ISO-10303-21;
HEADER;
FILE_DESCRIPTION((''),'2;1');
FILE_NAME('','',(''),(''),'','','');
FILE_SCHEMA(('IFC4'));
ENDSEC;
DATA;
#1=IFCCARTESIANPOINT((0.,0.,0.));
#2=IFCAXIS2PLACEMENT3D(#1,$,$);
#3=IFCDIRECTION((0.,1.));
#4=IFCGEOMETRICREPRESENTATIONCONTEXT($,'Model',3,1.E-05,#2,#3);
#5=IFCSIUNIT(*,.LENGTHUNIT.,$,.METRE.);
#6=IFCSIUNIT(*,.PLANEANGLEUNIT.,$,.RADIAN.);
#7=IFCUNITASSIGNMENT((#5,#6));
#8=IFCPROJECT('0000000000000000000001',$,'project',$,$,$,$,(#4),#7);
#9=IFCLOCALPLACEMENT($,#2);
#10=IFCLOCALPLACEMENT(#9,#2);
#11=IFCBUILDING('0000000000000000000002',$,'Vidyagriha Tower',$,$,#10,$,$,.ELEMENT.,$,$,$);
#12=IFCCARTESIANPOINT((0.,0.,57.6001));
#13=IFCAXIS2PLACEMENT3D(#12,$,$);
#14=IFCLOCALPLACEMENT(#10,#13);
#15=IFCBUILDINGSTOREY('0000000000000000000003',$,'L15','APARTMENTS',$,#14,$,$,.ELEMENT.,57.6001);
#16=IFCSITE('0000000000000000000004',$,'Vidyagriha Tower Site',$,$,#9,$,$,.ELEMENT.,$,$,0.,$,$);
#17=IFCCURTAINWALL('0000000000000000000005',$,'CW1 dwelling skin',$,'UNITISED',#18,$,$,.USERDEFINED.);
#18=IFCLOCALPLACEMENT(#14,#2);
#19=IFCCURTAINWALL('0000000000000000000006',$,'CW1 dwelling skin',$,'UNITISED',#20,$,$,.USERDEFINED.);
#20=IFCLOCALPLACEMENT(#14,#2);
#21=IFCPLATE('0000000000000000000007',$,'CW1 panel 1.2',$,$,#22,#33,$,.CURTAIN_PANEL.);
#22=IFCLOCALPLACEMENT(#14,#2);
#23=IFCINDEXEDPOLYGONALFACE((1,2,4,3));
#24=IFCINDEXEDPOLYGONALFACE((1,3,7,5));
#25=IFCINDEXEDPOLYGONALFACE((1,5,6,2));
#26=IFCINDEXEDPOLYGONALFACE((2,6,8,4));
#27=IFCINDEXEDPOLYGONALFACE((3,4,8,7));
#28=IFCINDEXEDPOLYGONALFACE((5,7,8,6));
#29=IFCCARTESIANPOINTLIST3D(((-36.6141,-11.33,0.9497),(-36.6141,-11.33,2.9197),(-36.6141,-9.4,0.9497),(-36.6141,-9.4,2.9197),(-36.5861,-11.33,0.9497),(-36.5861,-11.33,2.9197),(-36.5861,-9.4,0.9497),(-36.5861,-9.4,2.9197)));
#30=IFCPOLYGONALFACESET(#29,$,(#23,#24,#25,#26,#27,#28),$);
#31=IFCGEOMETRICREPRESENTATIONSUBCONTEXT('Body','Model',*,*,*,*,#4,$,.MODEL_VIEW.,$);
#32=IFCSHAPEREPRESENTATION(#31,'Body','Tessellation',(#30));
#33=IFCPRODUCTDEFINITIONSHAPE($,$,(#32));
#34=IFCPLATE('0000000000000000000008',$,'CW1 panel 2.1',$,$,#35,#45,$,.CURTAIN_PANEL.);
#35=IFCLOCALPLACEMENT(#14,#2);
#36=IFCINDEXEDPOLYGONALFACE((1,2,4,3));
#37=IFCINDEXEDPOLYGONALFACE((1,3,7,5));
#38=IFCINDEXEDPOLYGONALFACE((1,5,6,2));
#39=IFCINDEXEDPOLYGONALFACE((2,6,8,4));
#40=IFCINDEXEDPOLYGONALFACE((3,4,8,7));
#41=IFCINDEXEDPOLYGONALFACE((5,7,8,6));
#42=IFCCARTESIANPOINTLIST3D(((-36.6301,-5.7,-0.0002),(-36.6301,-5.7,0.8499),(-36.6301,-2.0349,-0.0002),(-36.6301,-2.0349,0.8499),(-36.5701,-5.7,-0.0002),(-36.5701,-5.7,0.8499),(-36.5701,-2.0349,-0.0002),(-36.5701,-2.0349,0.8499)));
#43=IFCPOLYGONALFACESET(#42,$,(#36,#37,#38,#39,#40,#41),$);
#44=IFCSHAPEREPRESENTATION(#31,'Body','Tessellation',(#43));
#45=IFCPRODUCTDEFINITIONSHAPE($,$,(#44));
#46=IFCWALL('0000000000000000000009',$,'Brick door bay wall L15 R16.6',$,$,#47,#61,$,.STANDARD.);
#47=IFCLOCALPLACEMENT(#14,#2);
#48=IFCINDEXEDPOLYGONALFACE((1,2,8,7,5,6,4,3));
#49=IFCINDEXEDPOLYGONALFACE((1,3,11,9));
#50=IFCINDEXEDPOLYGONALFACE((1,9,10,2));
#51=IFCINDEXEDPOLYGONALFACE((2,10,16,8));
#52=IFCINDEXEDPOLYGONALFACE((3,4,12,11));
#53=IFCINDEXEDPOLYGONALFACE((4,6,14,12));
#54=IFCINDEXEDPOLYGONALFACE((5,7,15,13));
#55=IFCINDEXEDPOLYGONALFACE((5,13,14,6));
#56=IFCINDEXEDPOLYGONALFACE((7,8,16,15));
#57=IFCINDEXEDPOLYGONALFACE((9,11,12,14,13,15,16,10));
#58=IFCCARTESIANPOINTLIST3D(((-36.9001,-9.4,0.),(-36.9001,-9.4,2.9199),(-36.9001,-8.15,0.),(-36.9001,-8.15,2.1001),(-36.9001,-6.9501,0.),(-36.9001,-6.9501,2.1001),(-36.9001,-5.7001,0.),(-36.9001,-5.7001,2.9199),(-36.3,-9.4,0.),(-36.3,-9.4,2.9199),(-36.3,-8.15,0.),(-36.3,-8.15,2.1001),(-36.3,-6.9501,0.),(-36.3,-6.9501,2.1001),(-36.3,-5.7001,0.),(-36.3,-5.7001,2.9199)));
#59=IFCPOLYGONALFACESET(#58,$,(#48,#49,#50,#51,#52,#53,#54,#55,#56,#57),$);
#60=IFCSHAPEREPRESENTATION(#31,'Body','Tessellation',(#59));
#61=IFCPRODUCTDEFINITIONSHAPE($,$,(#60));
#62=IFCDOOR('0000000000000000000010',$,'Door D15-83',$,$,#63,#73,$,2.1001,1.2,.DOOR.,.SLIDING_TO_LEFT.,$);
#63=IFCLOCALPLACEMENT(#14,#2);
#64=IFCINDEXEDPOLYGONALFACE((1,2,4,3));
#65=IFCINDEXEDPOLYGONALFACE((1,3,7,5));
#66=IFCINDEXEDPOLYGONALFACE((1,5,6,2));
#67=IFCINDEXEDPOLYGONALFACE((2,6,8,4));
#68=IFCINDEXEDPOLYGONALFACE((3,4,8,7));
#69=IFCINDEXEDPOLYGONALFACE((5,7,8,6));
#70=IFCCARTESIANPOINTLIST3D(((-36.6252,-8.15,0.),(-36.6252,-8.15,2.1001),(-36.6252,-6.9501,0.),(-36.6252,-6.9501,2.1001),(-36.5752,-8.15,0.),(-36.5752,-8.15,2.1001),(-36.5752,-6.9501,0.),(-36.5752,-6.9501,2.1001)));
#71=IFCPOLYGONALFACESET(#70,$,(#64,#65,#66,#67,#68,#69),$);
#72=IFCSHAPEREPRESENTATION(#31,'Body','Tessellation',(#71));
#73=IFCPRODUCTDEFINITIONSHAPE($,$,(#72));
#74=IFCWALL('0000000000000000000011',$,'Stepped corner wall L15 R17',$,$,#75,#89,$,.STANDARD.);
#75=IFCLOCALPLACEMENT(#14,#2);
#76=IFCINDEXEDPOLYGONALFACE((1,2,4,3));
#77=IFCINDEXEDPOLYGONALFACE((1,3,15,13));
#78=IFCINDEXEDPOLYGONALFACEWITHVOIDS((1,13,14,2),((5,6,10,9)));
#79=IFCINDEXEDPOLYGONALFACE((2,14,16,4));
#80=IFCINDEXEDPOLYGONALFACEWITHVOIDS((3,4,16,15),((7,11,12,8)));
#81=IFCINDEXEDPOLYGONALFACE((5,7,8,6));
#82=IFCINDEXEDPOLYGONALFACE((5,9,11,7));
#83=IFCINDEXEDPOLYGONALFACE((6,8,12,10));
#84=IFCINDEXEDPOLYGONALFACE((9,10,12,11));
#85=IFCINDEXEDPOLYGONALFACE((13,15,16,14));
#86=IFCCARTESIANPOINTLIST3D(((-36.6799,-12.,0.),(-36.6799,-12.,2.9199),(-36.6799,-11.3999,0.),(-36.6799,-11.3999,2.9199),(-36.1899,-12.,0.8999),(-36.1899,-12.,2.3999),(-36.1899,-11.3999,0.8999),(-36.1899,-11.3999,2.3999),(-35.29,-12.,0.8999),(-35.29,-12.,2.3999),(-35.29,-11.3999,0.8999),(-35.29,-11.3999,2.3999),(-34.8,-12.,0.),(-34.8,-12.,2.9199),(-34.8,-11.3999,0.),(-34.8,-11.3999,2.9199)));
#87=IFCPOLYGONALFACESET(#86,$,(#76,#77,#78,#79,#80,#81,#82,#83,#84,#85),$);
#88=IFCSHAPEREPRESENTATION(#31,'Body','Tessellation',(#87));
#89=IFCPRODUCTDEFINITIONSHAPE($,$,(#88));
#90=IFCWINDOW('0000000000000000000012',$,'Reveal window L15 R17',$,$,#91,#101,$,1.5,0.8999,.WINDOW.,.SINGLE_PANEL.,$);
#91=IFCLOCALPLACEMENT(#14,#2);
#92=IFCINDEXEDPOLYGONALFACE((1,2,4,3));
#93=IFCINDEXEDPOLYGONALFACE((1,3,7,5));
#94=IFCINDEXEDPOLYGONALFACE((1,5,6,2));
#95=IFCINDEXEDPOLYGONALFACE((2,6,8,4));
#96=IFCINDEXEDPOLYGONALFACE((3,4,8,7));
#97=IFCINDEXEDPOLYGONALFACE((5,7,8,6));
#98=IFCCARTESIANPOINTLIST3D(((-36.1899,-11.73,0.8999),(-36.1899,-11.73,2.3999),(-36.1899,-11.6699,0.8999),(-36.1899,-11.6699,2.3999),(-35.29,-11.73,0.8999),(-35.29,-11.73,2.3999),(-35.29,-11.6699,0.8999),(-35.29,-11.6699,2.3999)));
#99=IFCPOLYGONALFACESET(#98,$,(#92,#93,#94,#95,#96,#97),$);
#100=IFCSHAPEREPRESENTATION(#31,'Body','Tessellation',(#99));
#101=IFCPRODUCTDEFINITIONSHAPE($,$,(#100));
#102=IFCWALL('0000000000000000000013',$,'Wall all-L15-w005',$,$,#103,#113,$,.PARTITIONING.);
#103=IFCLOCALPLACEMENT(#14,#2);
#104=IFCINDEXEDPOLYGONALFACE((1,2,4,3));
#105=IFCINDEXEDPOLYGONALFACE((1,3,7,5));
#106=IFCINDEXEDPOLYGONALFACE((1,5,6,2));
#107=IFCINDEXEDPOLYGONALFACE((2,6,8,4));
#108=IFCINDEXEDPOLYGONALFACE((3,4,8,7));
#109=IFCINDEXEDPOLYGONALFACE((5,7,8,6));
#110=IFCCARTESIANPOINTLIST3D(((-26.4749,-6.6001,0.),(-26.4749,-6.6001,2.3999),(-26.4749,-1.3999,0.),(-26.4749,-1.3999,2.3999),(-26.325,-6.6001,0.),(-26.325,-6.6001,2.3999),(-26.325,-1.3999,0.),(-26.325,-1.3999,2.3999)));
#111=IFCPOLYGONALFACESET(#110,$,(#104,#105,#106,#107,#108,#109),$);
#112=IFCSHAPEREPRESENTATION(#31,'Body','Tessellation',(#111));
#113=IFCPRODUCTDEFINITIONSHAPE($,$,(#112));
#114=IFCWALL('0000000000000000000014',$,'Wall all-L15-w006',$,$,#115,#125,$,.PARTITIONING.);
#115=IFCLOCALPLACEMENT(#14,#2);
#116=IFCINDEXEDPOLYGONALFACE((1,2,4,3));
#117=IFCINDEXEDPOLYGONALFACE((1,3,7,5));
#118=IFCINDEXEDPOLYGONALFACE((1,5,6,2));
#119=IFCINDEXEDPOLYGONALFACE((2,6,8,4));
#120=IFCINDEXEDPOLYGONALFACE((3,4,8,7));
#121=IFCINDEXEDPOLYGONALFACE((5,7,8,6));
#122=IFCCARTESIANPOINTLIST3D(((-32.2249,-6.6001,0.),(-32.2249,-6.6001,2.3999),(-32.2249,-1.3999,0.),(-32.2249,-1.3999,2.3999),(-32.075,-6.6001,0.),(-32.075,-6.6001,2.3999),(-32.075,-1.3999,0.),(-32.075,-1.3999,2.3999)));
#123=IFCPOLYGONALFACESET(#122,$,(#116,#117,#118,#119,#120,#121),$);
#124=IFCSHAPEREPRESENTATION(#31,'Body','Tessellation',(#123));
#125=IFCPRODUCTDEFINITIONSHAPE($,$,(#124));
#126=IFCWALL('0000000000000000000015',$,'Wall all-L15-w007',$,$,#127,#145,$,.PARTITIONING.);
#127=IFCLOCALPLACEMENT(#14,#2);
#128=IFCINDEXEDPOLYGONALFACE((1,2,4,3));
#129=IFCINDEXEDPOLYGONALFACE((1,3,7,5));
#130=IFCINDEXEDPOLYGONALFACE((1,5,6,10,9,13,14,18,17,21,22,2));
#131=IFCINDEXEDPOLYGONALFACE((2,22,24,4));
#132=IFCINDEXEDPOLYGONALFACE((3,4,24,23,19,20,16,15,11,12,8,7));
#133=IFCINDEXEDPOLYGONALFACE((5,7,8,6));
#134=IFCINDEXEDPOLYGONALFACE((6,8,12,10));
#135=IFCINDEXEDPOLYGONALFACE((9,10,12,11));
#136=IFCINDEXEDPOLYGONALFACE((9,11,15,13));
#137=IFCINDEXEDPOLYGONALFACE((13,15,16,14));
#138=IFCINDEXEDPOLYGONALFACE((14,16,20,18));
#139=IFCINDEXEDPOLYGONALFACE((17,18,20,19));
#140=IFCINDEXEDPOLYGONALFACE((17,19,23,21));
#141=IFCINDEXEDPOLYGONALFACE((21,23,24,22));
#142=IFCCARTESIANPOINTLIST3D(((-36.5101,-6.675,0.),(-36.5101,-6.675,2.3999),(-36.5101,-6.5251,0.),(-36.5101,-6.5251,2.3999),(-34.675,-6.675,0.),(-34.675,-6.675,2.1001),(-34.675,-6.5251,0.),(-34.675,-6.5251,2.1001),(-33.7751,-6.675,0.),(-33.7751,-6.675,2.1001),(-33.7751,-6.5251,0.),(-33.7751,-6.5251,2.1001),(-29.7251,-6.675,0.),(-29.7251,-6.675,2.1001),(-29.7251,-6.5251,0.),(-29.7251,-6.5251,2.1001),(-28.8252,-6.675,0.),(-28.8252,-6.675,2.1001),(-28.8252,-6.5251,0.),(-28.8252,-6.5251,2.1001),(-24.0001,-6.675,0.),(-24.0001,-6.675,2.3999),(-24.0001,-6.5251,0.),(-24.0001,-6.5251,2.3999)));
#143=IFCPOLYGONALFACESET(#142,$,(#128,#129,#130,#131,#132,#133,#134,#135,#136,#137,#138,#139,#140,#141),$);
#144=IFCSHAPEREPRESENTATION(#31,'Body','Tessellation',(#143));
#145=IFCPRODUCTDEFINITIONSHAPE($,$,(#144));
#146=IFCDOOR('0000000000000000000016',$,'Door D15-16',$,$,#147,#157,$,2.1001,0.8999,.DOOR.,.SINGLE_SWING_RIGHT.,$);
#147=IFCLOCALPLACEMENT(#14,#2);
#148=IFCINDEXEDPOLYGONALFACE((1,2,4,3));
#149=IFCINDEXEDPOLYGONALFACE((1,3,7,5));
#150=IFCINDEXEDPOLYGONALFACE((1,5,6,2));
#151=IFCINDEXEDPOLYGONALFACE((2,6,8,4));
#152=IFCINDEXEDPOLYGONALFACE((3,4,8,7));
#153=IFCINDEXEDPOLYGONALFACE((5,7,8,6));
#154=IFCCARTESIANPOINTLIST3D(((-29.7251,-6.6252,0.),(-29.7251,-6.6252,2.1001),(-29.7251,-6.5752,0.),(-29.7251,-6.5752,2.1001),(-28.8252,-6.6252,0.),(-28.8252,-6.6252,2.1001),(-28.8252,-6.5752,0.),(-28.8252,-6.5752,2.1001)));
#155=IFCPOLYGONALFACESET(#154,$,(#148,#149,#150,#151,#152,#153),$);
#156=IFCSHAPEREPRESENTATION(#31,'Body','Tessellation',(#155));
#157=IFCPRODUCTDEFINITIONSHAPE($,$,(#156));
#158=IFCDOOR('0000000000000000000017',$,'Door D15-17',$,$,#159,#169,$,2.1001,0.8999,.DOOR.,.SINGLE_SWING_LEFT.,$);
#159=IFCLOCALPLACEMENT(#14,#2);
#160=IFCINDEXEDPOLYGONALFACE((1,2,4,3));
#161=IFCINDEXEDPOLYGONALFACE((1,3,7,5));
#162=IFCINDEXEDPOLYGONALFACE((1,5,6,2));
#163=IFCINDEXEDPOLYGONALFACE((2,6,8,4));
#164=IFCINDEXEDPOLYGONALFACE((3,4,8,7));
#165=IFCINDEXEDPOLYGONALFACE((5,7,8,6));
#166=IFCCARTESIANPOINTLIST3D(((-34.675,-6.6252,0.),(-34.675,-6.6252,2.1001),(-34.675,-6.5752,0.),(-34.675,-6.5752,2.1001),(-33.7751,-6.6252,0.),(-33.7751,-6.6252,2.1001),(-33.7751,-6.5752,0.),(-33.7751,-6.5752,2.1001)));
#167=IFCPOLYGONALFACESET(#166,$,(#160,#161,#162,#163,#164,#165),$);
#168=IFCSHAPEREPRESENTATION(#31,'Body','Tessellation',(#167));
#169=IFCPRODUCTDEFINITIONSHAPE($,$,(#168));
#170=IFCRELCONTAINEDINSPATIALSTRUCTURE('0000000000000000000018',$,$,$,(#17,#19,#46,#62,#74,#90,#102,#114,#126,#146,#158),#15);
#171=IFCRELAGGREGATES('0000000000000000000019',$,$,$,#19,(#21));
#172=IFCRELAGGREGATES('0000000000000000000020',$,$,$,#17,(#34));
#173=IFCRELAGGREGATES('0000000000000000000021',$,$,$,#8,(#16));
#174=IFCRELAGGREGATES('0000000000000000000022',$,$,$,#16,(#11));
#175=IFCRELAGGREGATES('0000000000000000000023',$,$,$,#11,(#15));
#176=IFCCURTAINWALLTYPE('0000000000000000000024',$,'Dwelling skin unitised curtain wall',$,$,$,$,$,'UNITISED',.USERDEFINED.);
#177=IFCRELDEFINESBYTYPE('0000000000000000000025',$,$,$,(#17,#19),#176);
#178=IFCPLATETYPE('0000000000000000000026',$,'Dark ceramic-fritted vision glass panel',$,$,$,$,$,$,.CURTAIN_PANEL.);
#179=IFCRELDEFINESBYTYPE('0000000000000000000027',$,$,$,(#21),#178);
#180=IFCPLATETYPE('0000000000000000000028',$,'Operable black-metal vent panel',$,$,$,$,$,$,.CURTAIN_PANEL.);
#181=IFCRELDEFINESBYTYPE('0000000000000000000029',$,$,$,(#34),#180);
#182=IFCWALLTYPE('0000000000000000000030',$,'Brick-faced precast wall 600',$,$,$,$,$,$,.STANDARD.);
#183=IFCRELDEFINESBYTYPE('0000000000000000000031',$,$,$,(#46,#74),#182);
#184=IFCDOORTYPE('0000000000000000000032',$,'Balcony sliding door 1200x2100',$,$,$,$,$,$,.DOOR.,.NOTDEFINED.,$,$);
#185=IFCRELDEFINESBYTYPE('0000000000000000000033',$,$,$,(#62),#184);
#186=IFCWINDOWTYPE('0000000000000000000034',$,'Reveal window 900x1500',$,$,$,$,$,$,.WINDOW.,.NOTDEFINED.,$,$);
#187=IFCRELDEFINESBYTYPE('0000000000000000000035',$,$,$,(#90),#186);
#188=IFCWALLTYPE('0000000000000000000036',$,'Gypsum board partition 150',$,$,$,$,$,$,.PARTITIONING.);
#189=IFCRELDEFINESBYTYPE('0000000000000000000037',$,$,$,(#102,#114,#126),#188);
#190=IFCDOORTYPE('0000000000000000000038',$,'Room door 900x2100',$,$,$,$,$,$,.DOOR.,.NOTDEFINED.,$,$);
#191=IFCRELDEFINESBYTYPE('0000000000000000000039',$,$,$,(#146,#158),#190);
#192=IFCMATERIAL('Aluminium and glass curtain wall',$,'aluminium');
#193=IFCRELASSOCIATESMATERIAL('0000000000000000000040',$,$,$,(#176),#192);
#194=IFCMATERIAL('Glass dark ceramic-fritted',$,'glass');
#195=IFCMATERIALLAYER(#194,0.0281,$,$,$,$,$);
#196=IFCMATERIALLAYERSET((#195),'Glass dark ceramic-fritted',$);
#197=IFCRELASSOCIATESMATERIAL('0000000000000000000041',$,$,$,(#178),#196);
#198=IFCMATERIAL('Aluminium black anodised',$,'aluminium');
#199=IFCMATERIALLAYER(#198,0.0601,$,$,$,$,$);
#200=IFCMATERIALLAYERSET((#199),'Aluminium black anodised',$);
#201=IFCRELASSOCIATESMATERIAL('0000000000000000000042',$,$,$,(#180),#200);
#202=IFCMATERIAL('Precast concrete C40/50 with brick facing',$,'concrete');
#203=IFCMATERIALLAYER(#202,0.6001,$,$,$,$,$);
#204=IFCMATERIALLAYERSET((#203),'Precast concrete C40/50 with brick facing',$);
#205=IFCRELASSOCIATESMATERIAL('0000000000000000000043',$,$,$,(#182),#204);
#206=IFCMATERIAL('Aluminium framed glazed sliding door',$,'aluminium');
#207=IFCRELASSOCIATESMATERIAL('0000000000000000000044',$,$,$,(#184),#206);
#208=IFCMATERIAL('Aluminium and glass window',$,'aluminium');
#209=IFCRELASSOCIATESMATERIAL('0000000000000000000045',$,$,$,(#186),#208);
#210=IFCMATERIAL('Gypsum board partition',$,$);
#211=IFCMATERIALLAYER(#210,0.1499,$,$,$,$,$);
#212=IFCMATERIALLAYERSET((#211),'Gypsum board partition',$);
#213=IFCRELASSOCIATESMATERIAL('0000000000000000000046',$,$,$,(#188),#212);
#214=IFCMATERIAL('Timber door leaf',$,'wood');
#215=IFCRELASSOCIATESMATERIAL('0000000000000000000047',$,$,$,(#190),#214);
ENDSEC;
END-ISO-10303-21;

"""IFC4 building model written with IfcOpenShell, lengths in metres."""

from ifc_helpers import new_model, si_unit, direction, frame, frame_2d, origin, origin_2d, place, context, subcontext, project, spatial, rectangle, extrude, material, layer, layer_set, type_object, element, fill, aggregate, save


model = new_model("IFC4")

# Units and contexts
model_context = context("Model", 3, precision=1e-05, world=origin(), true_north=direction((0.0, 1.0)))
body_context = subcontext(model_context, "Body", "Model", "MODEL_VIEW")
ifc_project = project(units=[si_unit("LENGTHUNIT", "METRE"), si_unit("PLANEANGLEUNIT", "RADIAN")], contexts=[model_context])

# Site, building, storey
site_placement = place(None, origin())
site = spatial("IfcSite", under=ifc_project, at=site_placement, Name="Vidyagriha Tower Site", CompositionType="ELEMENT", RefElevation=0.0)
building_placement = place(site_placement, origin())
building = spatial("IfcBuilding", under=site, at=building_placement, Name="Vidyagriha Tower", CompositionType="ELEMENT")
storey_placement = place(building_placement, frame((0.0, 0.0, 57.6001)))
storey = spatial("IfcBuildingStorey", under=building, at=storey_placement, Name="L15", Description="APARTMENTS", CompositionType="ELEMENT", Elevation=57.6001)

# Curtain walls
ifc_material_1 = material(Name="Aluminium and glass curtain wall", Category="aluminium")
curtain_wall_type = type_object("IfcCurtainWallType", Name="Dwelling skin unitised curtain wall", ElementType="UNITISED", PredefinedType="USERDEFINED", material=ifc_material_1)
curtain_wall_1_placement = place(storey_placement, origin())
curtain_wall_1 = element("IfcCurtainWall", 1, at=curtain_wall_1_placement, inside=storey, type_object=curtain_wall_type, Name="CW1 dwelling skin", ObjectType="UNITISED", PredefinedType="USERDEFINED")
curtain_wall_2_placement = place(storey_placement, origin())
curtain_wall_2 = element("IfcCurtainWall", 2, at=curtain_wall_2_placement, inside=storey, type_object=curtain_wall_type, Name="CW1 dwelling skin", ObjectType="UNITISED", PredefinedType="USERDEFINED")

# Plates
ifc_material_2 = material(Name="Glass dark ceramic-fritted", Category="glass")
ifc_layer_1 = layer(ifc_material_2, 0.0281)
ifc_layer_set_1 = layer_set([ifc_layer_1], Name="Glass dark ceramic-fritted")
plate_type_1 = type_object("IfcPlateType", Name="Dark ceramic-fritted vision glass panel", PredefinedType="CURTAIN_PANEL", material=ifc_layer_set_1)
plate_1_placement = place(storey_placement, frame((-36.6001, -10.365, 0.9497), z_axis=(0.0, 0.0, 1.0), x_axis=(0.0, -1.0, 0.0)))
plate_1 = element("IfcPlate", 3, at=plate_1_placement, type_object=plate_type_1, Name="CW1 panel 1.2", PredefinedType="CURTAIN_PANEL", context=body_context, shape_type="SweptSolid", body=[
    extrude(rectangle(XDim=1.9299, YDim=0.0281, at=origin_2d()), origin(), (0.0, 0.0, 1.0), 1.97),
])
aggregate(curtain_wall_2, [plate_1])
ifc_material_3 = material(Name="Aluminium black anodised", Category="aluminium")
ifc_layer_2 = layer(ifc_material_3, 0.0601)
ifc_layer_set_2 = layer_set([ifc_layer_2], Name="Aluminium black anodised")
plate_type_2 = type_object("IfcPlateType", Name="Operable black-metal vent panel", PredefinedType="CURTAIN_PANEL", material=ifc_layer_set_2)
plate_2_placement = place(storey_placement, frame((-36.6001, -3.8674, -0.0002), z_axis=(0.0, 0.0, 1.0), x_axis=(0.0, -1.0, 0.0)))
plate_2 = element("IfcPlate", 4, at=plate_2_placement, type_object=plate_type_2, Name="CW1 panel 2.1", PredefinedType="CURTAIN_PANEL", context=body_context, shape_type="SweptSolid", body=[
    extrude(rectangle(XDim=3.665, YDim=0.0601, at=origin_2d()), origin(), (0.0, 0.0, 1.0), 0.8501),
])
aggregate(curtain_wall_1, [plate_2])

# Wall, opening, door
ifc_material_4 = material(Name="Precast concrete C40/50 with brick facing", Category="concrete")
ifc_layer_3 = layer(ifc_material_4, 0.6001)
ifc_layer_set_3 = layer_set([ifc_layer_3], Name="Precast concrete C40/50 with brick facing")
wall_type_1 = type_object("IfcWallType", Name="Brick-faced precast wall 600", PredefinedType="STANDARD", material=ifc_layer_set_3)
wall_1_placement = place(storey_placement, frame((-36.6001, -5.7, 0.0), z_axis=(0.0, 0.0, 1.0), x_axis=(0.0, -1.0, 0.0)))
wall_1 = element("IfcWall", 5, at=wall_1_placement, inside=storey, type_object=wall_type_1, Name="Brick door bay wall L15 R16.6", PredefinedType="STANDARD", context=body_context, shape_type="SweptSolid", body=[
    extrude(rectangle(XDim=3.7, YDim=0.6001, at=frame_2d((1.8501, 0.0))), origin(), (0.0, 0.0, 1.0), 2.9199),
])
opening_1_placement = place(wall_1_placement, frame((1.25, 0.0, 0.0)))
opening_1 = element("IfcOpeningElement", 6, at=opening_1_placement, cuts=wall_1, PredefinedType="OPENING", context=body_context, shape_type="SweptSolid", body=[
    extrude(rectangle(XDim=1.2, YDim=2.1001, at=frame_2d((0.6001, 1.05))), frame((0.0, 0.3101, 0.0), z_axis=(0.0, -1.0, 0.0), x_axis=(1.0, 0.0, 0.0)), (0.0, 0.0, 1.0), 0.6201),
])
ifc_material_5 = material(Name="Aluminium framed glazed sliding door", Category="aluminium")
door_type_1 = type_object("IfcDoorType", Name="Balcony sliding door 1200x2100", OperationType="NOTDEFINED", PredefinedType="DOOR", material=ifc_material_5)
door_1_placement = place(opening_1_placement, origin())
door_1 = element("IfcDoor", 7, at=door_1_placement, inside=storey, type_object=door_type_1, Name="Door D15-83", OperationType="SLIDING_TO_LEFT", OverallHeight=2.1001, OverallWidth=1.2, PredefinedType="DOOR", context=body_context, shape_type="SweptSolid", body=[
    extrude(rectangle(XDim=1.2, YDim=2.1001, at=frame_2d((0.6001, 1.05))), frame((0.0, 0.0249, 0.0), z_axis=(0.0, -1.0, 0.0), x_axis=(1.0, 0.0, 0.0)), (0.0, 0.0, 1.0), 0.05),
])
fill(opening_1, door_1)

# Wall, opening, window
wall_2_placement = place(storey_placement, frame((-36.6799, -11.7, 0.0)))
wall_2 = element("IfcWall", 8, at=wall_2_placement, inside=storey, type_object=wall_type_1, Name="Stepped corner wall L15 R17", PredefinedType="STANDARD", context=body_context, shape_type="SweptSolid", body=[
    extrude(rectangle(XDim=1.8799, YDim=0.6001, at=frame_2d((0.9399, 0.0))), origin(), (0.0, 0.0, 1.0), 2.9199),
])
opening_2_placement = place(wall_2_placement, frame((0.49, 0.0, 0.8999)))
opening_2 = element("IfcOpeningElement", 9, at=opening_2_placement, cuts=wall_2, PredefinedType="OPENING", context=body_context, shape_type="SweptSolid", body=[
    extrude(rectangle(XDim=0.8999, YDim=1.5, at=frame_2d((0.45, 0.75))), frame((0.0, 0.3101, 0.0), z_axis=(0.0, -1.0, 0.0), x_axis=(1.0, 0.0, 0.0)), (0.0, 0.0, 1.0), 0.6201),
])
ifc_material_6 = material(Name="Aluminium and glass window", Category="aluminium")
window_type = type_object("IfcWindowType", Name="Reveal window 900x1500", PartitioningType="NOTDEFINED", PredefinedType="WINDOW", material=ifc_material_6)
window_placement = place(opening_2_placement, origin())
window = element("IfcWindow", 10, at=window_placement, inside=storey, type_object=window_type, Name="Reveal window L15 R17", OverallHeight=1.5, OverallWidth=0.8999, PartitioningType="SINGLE_PANEL", PredefinedType="WINDOW", context=body_context, shape_type="SweptSolid", body=[
    extrude(rectangle(XDim=0.8999, YDim=1.5, at=frame_2d((0.45, 0.75))), frame((0.0, 0.03, 0.0), z_axis=(0.0, -1.0, 0.0), x_axis=(1.0, 0.0, 0.0)), (0.0, 0.0, 1.0), 0.0601),
])
fill(opening_2, window)

# Walls
ifc_material_7 = material(Name="Gypsum board partition")
ifc_layer_4 = layer(ifc_material_7, 0.1499)
ifc_layer_set_4 = layer_set([ifc_layer_4], Name="Gypsum board partition")
wall_type_2 = type_object("IfcWallType", Name="Gypsum board partition 150", PredefinedType="PARTITIONING", material=ifc_layer_set_4)
for number, where, z_axis, x_axis, name in (
    (11, (-26.3999, -6.6001, 0.0), (0.0, 0.0, 1.0), (0.0, 1.0, 0.0), "Wall all-L15-w005"),
    (12, (-32.1499, -6.6001, 0.0), (0.0, 0.0, 1.0), (0.0, 1.0, 0.0), "Wall all-L15-w006"),
):
    element("IfcWall", number, at=place(storey_placement, frame(where, z_axis=z_axis, x_axis=x_axis)), inside=storey, type_object=wall_type_2, Name=name, PredefinedType="PARTITIONING", context=body_context, shape_type="SweptSolid", body=[
        extrude(rectangle(XDim=5.2002, YDim=0.1499, at=frame_2d((2.6001, 0.0))), origin(), (0.0, 0.0, 1.0), 2.3999),
    ])

# Wall, openings, doors
wall_3_placement = place(storey_placement, frame((-36.51, -6.6001, 0.0)))
wall_3 = element("IfcWall", 13, at=wall_3_placement, inside=storey, type_object=wall_type_2, Name="Wall all-L15-w007", PredefinedType="PARTITIONING", context=body_context, shape_type="SweptSolid", body=[
    extrude(rectangle(XDim=12.51, YDim=0.1499, at=frame_2d((6.2549, 0.0))), origin(), (0.0, 0.0, 1.0), 2.3999),
])
opening_3_placement = place(wall_3_placement, frame((6.7849, 0.0, 0.0)))
opening_3 = element("IfcOpeningElement", 14, at=opening_3_placement, cuts=wall_3, PredefinedType="OPENING", context=body_context, shape_type="SweptSolid", body=[
    extrude(rectangle(XDim=0.8999, YDim=2.1001, at=frame_2d((0.45, 1.05))), frame((0.0, 0.085, 0.0), z_axis=(0.0, -1.0, 0.0), x_axis=(1.0, 0.0, 0.0)), (0.0, 0.0, 1.0), 0.1699),
])
opening_4_placement = place(wall_3_placement, frame((1.835, 0.0, 0.0)))
opening_4 = element("IfcOpeningElement", 15, at=opening_4_placement, cuts=wall_3, PredefinedType="OPENING", context=body_context, shape_type="SweptSolid", body=[
    extrude(rectangle(XDim=0.8999, YDim=2.1001, at=frame_2d((0.45, 1.05))), frame((0.0, 0.085, 0.0), z_axis=(0.0, -1.0, 0.0), x_axis=(1.0, 0.0, 0.0)), (0.0, 0.0, 1.0), 0.1699),
])
ifc_material_8 = material(Name="Timber door leaf", Category="wood")
door_type_2 = type_object("IfcDoorType", Name="Room door 900x2100", OperationType="NOTDEFINED", PredefinedType="DOOR", material=ifc_material_8)
door_2_placement = place(opening_3_placement, origin())
door_2 = element("IfcDoor", 16, at=door_2_placement, inside=storey, type_object=door_type_2, Name="Door D15-16", OperationType="SINGLE_SWING_RIGHT", OverallHeight=2.1001, OverallWidth=0.8999, PredefinedType="DOOR", context=body_context, shape_type="SweptSolid", body=[
    extrude(rectangle(XDim=0.8999, YDim=2.1001, at=frame_2d((0.45, 1.05))), frame((0.0, 0.0249, 0.0), z_axis=(0.0, -1.0, 0.0), x_axis=(1.0, 0.0, 0.0)), (0.0, 0.0, 1.0), 0.05),
])
fill(opening_3, door_2)
door_3_placement = place(opening_4_placement, origin())
door_3 = element("IfcDoor", 17, at=door_3_placement, inside=storey, type_object=door_type_2, Name="Door D15-17", OperationType="SINGLE_SWING_LEFT", OverallHeight=2.1001, OverallWidth=0.8999, PredefinedType="DOOR", context=body_context, shape_type="SweptSolid", body=[
    extrude(rectangle(XDim=0.8999, YDim=2.1001, at=frame_2d((0.45, 1.05))), frame((0.0, 0.0249, 0.0), z_axis=(0.0, -1.0, 0.0), x_axis=(1.0, 0.0, 0.0)), (0.0, 0.0, 1.0), 0.05),
])
fill(opening_4, door_3)

save(model, "model.ifc")
